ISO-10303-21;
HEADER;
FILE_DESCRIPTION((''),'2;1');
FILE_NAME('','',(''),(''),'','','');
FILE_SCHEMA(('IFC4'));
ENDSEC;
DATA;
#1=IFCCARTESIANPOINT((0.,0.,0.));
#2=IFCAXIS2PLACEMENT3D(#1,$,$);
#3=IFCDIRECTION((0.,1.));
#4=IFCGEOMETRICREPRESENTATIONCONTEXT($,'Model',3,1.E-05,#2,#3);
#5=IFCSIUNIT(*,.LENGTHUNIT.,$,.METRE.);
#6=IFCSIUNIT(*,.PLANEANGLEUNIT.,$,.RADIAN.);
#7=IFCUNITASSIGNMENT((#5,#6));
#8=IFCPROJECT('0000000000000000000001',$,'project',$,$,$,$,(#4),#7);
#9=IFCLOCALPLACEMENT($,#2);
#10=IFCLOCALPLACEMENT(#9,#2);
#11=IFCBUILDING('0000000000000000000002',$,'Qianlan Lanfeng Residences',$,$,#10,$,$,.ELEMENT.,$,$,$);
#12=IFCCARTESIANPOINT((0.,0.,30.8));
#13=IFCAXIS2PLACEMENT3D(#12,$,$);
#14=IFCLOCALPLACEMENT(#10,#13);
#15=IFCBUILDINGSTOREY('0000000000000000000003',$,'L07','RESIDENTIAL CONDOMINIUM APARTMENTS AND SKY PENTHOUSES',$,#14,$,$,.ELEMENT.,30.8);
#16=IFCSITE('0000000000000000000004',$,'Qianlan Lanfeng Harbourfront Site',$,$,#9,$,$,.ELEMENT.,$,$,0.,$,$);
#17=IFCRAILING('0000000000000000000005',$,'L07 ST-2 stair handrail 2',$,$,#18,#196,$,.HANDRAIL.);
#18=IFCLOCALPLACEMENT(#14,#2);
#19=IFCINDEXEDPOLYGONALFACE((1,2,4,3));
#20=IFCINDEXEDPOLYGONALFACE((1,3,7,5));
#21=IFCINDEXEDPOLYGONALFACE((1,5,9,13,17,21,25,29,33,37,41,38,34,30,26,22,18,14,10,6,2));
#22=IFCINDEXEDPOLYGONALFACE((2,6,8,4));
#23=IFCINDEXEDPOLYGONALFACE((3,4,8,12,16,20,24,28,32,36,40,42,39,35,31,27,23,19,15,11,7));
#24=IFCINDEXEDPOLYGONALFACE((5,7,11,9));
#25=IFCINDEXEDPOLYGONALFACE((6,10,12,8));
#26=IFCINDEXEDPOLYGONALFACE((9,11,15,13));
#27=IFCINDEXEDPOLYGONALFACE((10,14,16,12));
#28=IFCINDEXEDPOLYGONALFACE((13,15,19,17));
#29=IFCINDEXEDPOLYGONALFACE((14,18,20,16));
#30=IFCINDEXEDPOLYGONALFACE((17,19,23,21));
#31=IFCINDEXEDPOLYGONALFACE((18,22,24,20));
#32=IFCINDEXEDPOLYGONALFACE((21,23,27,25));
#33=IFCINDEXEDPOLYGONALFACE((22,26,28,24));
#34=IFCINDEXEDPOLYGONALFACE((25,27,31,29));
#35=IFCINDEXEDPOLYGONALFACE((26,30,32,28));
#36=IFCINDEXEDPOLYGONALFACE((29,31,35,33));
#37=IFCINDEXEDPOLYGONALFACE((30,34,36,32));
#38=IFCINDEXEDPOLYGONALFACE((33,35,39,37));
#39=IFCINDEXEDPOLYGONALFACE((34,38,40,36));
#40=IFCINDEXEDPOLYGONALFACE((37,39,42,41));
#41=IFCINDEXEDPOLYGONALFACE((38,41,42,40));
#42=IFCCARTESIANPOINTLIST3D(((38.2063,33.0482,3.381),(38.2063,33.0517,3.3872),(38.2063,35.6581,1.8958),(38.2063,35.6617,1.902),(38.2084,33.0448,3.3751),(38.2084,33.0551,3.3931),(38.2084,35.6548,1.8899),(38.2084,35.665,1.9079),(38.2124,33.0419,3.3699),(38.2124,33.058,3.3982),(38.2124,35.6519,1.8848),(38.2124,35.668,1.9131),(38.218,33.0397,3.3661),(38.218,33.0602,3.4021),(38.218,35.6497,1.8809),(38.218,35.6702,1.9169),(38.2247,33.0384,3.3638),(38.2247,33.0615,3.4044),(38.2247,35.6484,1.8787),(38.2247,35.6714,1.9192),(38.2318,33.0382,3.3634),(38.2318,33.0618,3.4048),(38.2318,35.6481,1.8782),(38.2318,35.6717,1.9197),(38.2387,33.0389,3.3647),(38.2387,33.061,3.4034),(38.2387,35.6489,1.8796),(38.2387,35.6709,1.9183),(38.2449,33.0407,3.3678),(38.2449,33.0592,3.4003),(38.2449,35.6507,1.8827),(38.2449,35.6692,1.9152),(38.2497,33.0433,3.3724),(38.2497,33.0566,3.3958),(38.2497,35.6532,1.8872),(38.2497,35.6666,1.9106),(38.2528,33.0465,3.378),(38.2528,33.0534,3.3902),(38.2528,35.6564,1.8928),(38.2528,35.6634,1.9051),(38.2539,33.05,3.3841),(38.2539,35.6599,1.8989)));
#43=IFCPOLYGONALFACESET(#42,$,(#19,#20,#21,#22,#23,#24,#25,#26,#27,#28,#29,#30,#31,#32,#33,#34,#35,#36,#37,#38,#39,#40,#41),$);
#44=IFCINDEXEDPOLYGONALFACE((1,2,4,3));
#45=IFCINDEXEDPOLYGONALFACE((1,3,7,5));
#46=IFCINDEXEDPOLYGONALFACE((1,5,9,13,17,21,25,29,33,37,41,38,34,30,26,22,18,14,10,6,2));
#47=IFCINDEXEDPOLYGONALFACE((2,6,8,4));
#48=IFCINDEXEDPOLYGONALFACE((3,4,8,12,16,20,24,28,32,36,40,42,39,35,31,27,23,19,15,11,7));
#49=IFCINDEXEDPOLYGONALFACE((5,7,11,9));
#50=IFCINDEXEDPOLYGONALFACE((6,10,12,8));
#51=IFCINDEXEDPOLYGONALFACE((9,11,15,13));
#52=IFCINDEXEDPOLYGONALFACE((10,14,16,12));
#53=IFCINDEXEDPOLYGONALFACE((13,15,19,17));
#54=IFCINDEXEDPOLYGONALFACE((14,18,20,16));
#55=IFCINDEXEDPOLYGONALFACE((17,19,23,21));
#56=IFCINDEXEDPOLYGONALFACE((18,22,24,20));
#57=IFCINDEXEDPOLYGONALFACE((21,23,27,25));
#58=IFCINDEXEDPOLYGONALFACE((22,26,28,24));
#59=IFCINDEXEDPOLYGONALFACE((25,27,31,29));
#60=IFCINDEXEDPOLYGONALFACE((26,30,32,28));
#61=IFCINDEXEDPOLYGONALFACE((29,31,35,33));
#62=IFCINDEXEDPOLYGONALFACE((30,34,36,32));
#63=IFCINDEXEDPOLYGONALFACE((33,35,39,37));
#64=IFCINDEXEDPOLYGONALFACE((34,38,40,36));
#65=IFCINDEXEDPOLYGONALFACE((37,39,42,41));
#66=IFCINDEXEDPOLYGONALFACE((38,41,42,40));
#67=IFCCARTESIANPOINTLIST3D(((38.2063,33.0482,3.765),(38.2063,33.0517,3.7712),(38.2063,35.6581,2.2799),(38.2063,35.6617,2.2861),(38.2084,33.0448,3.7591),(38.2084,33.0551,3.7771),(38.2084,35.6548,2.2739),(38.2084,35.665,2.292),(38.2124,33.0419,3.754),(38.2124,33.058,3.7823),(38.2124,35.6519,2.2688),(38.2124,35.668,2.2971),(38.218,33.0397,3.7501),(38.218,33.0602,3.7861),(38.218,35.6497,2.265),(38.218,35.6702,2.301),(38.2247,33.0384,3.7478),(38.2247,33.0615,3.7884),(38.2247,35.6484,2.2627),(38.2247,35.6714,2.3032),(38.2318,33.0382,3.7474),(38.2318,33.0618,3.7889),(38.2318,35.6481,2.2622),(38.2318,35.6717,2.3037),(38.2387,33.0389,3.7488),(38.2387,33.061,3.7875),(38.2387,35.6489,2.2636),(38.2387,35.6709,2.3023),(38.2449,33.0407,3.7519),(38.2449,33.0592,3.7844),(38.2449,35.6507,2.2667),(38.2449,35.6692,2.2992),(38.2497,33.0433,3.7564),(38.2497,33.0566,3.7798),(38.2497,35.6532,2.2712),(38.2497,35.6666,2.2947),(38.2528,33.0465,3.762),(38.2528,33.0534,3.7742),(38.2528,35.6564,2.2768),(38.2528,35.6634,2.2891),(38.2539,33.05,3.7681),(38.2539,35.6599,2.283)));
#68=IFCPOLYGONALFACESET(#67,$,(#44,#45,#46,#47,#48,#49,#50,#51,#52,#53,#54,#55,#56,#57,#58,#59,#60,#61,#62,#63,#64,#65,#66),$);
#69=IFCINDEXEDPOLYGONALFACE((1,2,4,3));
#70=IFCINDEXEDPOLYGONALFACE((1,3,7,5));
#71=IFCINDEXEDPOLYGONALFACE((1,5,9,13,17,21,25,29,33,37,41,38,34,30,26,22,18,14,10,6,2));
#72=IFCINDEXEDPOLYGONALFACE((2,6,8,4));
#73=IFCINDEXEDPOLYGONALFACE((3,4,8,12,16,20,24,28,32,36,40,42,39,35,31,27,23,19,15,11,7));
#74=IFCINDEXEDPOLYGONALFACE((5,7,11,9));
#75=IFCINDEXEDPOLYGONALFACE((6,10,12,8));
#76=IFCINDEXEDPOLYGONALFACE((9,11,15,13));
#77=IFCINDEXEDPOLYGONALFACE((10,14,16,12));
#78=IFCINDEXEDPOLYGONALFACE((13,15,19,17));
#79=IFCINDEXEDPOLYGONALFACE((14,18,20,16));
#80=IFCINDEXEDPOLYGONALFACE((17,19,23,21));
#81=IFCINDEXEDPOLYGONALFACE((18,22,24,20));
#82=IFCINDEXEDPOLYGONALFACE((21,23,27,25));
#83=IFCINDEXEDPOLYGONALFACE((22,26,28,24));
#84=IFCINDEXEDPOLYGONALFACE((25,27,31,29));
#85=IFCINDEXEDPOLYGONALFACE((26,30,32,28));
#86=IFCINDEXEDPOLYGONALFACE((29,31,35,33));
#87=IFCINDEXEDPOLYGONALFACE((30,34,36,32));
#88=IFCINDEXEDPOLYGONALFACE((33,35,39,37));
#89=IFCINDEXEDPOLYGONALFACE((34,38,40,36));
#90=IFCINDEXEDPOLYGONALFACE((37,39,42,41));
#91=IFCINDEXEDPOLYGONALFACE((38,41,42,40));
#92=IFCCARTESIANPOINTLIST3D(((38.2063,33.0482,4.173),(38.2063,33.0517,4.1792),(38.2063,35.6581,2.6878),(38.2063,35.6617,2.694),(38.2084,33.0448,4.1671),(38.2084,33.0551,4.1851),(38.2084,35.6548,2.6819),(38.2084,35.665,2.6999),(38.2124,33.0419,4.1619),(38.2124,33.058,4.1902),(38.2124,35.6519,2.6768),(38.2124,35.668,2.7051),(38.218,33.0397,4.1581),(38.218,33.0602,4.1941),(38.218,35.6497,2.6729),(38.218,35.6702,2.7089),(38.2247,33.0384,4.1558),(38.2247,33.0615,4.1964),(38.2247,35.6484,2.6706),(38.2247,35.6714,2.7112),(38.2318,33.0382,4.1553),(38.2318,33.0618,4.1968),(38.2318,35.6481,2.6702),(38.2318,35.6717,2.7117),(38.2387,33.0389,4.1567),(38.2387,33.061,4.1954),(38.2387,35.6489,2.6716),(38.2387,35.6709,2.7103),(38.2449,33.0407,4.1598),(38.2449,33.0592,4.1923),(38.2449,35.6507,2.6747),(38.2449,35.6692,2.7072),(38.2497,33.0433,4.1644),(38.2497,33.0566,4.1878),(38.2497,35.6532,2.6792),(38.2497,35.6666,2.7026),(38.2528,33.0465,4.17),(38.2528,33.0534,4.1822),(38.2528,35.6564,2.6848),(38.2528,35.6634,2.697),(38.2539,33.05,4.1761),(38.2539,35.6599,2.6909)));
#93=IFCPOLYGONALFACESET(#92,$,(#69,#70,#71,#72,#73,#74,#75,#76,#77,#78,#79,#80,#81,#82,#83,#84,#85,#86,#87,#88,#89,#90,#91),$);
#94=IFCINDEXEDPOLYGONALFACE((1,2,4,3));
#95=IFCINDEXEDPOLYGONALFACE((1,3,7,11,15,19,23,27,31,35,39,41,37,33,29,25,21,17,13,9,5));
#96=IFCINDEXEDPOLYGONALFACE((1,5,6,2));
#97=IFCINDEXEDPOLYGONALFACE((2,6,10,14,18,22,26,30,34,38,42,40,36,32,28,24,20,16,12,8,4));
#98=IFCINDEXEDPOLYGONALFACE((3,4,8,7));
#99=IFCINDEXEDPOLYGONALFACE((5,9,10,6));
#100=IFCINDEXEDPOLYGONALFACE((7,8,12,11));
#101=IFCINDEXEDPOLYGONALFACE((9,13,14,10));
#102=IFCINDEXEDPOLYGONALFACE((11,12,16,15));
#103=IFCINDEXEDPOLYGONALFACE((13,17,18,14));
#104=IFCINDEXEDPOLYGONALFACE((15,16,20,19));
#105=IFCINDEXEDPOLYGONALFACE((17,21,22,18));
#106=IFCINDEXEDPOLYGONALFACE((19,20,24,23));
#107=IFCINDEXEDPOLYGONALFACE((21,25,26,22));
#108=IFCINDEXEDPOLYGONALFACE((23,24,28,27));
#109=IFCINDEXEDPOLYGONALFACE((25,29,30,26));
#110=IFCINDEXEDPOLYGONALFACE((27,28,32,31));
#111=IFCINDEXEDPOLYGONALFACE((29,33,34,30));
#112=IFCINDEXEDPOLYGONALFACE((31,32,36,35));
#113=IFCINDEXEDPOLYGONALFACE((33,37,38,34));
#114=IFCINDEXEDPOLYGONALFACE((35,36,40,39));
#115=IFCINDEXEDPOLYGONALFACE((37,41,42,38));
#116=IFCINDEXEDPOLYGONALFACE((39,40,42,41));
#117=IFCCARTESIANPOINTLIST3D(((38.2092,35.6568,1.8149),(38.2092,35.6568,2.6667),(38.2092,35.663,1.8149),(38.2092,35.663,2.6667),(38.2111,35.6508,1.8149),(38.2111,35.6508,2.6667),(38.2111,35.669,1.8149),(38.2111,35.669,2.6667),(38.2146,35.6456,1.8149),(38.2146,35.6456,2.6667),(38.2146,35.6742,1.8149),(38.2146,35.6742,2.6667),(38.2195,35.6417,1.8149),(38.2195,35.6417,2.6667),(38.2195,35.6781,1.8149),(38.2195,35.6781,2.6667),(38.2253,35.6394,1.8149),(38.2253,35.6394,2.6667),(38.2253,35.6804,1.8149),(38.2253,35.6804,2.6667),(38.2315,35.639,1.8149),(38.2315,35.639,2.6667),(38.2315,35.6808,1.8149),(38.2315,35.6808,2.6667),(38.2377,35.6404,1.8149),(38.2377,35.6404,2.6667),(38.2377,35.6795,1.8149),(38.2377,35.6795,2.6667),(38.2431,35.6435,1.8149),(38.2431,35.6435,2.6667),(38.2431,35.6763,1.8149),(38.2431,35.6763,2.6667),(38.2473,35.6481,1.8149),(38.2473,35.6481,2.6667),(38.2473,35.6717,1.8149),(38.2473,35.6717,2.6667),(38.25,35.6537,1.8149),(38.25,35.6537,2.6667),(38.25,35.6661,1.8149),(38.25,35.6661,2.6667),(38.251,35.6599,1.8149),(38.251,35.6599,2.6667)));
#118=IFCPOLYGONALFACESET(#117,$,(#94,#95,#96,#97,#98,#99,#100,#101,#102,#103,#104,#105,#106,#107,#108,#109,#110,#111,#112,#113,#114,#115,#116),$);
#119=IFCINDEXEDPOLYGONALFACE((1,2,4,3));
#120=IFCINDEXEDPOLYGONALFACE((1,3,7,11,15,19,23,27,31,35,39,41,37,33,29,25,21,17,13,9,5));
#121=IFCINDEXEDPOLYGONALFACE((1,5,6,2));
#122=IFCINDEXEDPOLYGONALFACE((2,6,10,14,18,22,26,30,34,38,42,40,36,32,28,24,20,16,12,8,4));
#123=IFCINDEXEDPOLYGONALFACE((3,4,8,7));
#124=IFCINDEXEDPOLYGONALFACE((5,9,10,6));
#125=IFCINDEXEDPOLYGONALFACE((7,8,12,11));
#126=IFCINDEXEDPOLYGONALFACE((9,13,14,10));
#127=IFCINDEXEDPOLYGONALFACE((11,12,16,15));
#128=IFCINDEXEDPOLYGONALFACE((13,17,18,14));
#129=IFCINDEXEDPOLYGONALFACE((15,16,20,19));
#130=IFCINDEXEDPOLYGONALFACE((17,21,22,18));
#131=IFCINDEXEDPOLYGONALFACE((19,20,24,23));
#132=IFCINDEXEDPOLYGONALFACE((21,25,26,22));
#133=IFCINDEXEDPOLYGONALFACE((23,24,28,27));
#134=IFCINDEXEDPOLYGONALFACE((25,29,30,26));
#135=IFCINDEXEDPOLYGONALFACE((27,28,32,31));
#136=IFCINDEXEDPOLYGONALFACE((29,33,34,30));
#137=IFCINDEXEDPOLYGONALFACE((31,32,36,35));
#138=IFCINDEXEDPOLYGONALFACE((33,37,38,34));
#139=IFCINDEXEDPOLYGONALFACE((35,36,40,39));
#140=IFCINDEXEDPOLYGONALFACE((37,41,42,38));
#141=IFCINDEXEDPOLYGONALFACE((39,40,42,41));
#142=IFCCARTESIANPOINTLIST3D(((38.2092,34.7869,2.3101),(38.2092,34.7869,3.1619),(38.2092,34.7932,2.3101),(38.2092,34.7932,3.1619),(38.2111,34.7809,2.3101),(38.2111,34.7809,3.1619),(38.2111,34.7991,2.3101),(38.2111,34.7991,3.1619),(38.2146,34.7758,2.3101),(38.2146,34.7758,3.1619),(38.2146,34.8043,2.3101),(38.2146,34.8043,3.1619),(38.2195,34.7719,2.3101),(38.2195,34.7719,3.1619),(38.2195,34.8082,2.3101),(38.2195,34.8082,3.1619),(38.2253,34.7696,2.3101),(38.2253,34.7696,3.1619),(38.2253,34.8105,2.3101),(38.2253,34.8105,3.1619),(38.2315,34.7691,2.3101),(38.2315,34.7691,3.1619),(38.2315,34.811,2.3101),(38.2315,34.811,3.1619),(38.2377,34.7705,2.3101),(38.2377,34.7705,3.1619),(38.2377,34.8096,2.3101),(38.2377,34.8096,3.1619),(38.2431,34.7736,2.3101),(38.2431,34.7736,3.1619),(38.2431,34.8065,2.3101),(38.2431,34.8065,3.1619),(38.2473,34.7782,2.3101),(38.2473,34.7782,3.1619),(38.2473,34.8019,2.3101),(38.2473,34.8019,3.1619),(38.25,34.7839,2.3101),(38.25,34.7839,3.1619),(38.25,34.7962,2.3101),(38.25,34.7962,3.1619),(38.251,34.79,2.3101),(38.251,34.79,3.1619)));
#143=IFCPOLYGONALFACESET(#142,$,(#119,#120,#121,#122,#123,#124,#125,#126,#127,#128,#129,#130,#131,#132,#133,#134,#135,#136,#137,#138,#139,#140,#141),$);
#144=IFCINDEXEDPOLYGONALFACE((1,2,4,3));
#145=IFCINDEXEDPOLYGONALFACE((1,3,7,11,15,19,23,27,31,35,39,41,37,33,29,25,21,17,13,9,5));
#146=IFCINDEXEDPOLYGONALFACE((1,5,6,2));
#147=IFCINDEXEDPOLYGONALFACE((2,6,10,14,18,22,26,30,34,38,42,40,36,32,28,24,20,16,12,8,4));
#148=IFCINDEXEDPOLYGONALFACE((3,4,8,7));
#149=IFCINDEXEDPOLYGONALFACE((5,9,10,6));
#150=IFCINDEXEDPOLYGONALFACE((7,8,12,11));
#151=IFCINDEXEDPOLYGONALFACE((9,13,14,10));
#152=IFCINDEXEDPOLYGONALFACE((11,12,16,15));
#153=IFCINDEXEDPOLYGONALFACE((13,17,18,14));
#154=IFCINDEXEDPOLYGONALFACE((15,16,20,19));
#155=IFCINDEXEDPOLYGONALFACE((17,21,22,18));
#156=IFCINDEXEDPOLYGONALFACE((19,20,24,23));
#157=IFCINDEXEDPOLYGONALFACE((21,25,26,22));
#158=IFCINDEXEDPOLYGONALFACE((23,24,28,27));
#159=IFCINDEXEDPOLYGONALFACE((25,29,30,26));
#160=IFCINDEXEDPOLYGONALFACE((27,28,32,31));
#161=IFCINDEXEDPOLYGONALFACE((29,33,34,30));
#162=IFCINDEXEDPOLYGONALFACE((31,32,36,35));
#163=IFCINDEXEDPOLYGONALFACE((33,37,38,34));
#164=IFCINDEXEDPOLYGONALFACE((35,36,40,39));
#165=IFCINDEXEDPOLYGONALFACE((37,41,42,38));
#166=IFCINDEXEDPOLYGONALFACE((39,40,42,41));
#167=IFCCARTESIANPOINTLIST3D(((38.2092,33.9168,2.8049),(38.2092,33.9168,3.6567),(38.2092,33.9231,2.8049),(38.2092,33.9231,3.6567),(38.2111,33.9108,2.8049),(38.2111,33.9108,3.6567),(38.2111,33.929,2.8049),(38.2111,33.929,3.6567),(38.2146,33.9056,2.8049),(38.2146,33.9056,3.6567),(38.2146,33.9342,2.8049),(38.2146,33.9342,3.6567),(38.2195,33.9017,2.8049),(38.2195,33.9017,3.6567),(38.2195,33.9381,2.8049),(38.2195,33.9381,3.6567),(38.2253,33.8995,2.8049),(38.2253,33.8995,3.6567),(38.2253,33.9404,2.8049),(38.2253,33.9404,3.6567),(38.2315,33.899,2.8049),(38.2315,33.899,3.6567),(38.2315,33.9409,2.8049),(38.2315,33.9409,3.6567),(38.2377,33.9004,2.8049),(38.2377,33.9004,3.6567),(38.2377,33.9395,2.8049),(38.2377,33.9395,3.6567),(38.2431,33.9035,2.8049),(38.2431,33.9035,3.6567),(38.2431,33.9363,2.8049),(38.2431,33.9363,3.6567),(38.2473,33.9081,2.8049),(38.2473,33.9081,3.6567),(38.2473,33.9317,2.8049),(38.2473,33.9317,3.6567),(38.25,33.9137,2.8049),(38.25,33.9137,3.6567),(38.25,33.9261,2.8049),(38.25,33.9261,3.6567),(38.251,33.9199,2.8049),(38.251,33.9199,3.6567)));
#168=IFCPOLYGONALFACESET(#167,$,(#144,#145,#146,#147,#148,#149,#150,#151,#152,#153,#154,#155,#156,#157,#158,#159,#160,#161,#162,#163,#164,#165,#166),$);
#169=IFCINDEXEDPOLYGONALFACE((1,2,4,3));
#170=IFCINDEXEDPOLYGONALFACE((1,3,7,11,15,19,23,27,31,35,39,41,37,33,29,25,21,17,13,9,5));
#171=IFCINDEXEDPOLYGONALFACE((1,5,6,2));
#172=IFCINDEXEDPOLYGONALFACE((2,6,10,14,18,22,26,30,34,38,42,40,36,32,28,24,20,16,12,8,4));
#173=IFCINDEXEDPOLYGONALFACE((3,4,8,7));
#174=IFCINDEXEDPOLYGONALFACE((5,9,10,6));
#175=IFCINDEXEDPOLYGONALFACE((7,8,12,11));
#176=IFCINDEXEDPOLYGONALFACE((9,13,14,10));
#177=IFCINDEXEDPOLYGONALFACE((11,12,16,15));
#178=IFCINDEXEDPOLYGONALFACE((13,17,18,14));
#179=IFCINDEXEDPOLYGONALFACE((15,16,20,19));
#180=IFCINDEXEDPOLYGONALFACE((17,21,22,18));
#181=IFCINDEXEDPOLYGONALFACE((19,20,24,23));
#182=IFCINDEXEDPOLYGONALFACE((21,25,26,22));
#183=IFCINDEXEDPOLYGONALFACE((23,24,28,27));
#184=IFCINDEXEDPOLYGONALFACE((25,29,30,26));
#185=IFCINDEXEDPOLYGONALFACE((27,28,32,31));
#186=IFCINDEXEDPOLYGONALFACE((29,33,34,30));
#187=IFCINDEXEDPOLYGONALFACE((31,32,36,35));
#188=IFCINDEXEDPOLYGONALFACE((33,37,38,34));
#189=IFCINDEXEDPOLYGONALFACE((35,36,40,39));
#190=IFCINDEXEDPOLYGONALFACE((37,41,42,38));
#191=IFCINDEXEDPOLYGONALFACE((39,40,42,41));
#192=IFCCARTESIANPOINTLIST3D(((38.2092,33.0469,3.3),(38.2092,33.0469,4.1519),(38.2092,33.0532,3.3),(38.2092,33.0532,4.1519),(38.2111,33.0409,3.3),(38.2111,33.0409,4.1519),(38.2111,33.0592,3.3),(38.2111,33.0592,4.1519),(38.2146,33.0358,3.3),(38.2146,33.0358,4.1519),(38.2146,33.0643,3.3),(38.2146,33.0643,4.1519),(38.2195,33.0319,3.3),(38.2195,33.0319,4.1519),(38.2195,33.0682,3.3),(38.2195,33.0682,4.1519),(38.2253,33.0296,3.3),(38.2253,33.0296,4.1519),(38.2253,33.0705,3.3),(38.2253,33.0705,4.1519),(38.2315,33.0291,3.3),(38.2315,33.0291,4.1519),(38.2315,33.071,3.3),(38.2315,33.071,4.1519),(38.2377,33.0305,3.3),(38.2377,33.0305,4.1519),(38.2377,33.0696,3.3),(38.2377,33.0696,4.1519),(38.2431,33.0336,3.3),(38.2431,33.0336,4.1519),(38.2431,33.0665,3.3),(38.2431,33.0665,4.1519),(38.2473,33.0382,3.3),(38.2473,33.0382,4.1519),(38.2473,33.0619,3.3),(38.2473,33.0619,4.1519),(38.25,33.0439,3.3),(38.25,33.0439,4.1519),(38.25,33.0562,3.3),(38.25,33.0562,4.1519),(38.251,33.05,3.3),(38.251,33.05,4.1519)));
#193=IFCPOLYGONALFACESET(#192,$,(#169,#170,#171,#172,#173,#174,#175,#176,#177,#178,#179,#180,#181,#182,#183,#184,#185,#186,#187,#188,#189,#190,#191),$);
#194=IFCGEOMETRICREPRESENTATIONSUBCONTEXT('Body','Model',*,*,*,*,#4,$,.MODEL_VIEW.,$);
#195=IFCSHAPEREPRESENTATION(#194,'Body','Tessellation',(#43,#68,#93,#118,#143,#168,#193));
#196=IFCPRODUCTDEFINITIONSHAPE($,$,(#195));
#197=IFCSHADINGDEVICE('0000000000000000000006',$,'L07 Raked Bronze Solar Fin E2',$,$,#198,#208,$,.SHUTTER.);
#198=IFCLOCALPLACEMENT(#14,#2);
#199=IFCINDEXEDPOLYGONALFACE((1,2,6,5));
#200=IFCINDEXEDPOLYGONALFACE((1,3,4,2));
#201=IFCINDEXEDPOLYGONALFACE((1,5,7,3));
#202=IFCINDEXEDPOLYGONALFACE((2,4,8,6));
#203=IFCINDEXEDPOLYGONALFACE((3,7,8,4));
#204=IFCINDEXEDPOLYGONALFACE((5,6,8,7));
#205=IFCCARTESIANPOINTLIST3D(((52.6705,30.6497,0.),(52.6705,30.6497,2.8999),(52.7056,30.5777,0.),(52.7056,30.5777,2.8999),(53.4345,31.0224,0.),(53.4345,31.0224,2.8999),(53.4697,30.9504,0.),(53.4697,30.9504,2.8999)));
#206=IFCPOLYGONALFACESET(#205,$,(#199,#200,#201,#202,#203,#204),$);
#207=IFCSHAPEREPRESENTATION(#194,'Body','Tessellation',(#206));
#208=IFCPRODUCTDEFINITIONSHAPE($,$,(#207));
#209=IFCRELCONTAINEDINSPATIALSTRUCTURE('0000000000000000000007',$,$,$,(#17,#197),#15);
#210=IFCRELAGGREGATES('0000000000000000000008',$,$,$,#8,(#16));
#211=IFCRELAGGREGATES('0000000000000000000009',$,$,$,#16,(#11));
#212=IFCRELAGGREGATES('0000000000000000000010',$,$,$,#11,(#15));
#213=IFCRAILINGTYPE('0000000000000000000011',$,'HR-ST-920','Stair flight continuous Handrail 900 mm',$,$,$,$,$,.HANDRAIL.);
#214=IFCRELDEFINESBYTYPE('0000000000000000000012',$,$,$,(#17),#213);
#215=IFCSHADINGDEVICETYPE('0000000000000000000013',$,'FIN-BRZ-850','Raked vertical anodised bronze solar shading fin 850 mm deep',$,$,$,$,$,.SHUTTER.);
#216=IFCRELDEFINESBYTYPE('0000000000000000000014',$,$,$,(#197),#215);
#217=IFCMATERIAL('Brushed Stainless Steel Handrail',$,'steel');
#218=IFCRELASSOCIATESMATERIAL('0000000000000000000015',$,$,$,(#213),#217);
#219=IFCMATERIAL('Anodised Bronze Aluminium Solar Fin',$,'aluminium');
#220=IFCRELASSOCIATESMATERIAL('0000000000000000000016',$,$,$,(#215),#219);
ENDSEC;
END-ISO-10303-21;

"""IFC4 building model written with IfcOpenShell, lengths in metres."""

from ifc_helpers import new_model, si_unit, direction, frame, origin, origin_2d, place, context, subcontext, project, spatial, rectangle, circle, extrude, source, transform, mapped, material, type_object, element, save


model = new_model("IFC4")

# Units and contexts
model_context = context("Model", 3, precision=1e-05, world=origin(), true_north=direction((0.0, 1.0)))
body_context = subcontext(model_context, "Body", "Model", "MODEL_VIEW")
ifc_project = project(units=[si_unit("LENGTHUNIT", "METRE"), si_unit("PLANEANGLEUNIT", "RADIAN")], contexts=[model_context])

# Site, building, storey
site_placement = place(None, origin())
site = spatial("IfcSite", under=ifc_project, at=site_placement, Name="Qianlan Lanfeng Harbourfront Site", CompositionType="ELEMENT", RefElevation=0.0)
building_placement = place(site_placement, origin())
building = spatial("IfcBuilding", under=site, at=building_placement, Name="Qianlan Lanfeng Residences", CompositionType="ELEMENT")
storey_placement = place(building_placement, frame((0.0, 0.0, 30.8)))
storey = spatial("IfcBuildingStorey", under=building, at=storey_placement, Name="L07", Description="RESIDENTIAL CONDOMINIUM APARTMENTS AND SKY PENTHOUSES", CompositionType="ELEMENT", Elevation=30.8)

# Railing
ifc_material_1 = material(Name="Brushed Stainless Steel Handrail", Category="steel")
railing_type_1 = type_object("IfcRailingType", Name="HR-ST-920", Description="Stair flight continuous Handrail 900 mm", PredefinedType="HANDRAIL", material=ifc_material_1)
railing_1_placement = place(storey_placement, frame((38.23, 35.6599, 1.8149)))
element("IfcRailing", 1, at=railing_1_placement, inside=storey, type_object=railing_type_1, Name="L07 ST-2 stair handrail 2", PredefinedType="HANDRAIL", context=body_context, shape_type="SweptSolid", body=[
    extrude(circle(Radius=0.0239, at=origin_2d()), frame((0.0, 0.0, 0.084), z_axis=(0.0, -0.869137, 0.494571), x_axis=(1.0, 0.0, 0.0)), (0.0, 0.0, 1.0), 3.0029),
    extrude(circle(Radius=0.0239, at=origin_2d()), frame((0.0, 0.0, 0.468), z_axis=(0.0, -0.869137, 0.494571), x_axis=(1.0, 0.0, 0.0)), (0.0, 0.0, 1.0), 3.0029),
    extrude(circle(Radius=0.0239, at=origin_2d()), frame((0.0, 0.0, 0.876), z_axis=(0.0, -0.869137, 0.494571), x_axis=(1.0, 0.0, 0.0)), (0.0, 0.0, 1.0), 3.0029),
    extrude(circle(Radius=0.021, at=origin_2d()), origin(), (0.0, 0.0, 1.0), 0.8518),
    extrude(circle(Radius=0.021, at=origin_2d()), frame((0.0, -0.8699, 0.4951)), (0.0, 0.0, 1.0), 0.8518),
    extrude(circle(Radius=0.021, at=origin_2d()), frame((0.0, -1.74, 0.99)), (0.0, 0.0, 1.0), 0.8518),
    extrude(circle(Radius=0.021, at=origin_2d()), frame((0.0, -2.6099, 1.4851)), (0.0, 0.0, 1.0), 0.8518),
])

# Shading device
ifc_material_2 = material(Name="Anodised Bronze Aluminium Solar Fin", Category="aluminium")
shading_device_type = type_object("IfcShadingDeviceType", Name="FIN-BRZ-850", Description="Raked vertical anodised bronze solar shading fin 850 mm deep", PredefinedType="SHUTTER", material=ifc_material_2)
shared_shape_1 = source(origin(), body_context, "Body", "SweptSolid", [
    extrude(rectangle(XDim=0.8501, YDim=0.0801, at=origin_2d()), origin(), (0.0, 0.0, 1.0), 2.8999),
])
shading_device_placement = place(storey_placement, frame((53.0701, 30.8, 0.0), z_axis=(0.0, 0.0, 1.0), x_axis=(0.898794, 0.438371, 0.0)))
element("IfcShadingDevice", 2, at=shading_device_placement, inside=storey, type_object=shading_device_type, Name="L07 Raked Bronze Solar Fin E2", PredefinedType="SHUTTER", context=body_context, shape_type="MappedRepresentation", body=[
    mapped(shared_shape_1, transform((0.0, 0.0, 0.0), scale=1.0)),
])

save(model, "model.ifc")
